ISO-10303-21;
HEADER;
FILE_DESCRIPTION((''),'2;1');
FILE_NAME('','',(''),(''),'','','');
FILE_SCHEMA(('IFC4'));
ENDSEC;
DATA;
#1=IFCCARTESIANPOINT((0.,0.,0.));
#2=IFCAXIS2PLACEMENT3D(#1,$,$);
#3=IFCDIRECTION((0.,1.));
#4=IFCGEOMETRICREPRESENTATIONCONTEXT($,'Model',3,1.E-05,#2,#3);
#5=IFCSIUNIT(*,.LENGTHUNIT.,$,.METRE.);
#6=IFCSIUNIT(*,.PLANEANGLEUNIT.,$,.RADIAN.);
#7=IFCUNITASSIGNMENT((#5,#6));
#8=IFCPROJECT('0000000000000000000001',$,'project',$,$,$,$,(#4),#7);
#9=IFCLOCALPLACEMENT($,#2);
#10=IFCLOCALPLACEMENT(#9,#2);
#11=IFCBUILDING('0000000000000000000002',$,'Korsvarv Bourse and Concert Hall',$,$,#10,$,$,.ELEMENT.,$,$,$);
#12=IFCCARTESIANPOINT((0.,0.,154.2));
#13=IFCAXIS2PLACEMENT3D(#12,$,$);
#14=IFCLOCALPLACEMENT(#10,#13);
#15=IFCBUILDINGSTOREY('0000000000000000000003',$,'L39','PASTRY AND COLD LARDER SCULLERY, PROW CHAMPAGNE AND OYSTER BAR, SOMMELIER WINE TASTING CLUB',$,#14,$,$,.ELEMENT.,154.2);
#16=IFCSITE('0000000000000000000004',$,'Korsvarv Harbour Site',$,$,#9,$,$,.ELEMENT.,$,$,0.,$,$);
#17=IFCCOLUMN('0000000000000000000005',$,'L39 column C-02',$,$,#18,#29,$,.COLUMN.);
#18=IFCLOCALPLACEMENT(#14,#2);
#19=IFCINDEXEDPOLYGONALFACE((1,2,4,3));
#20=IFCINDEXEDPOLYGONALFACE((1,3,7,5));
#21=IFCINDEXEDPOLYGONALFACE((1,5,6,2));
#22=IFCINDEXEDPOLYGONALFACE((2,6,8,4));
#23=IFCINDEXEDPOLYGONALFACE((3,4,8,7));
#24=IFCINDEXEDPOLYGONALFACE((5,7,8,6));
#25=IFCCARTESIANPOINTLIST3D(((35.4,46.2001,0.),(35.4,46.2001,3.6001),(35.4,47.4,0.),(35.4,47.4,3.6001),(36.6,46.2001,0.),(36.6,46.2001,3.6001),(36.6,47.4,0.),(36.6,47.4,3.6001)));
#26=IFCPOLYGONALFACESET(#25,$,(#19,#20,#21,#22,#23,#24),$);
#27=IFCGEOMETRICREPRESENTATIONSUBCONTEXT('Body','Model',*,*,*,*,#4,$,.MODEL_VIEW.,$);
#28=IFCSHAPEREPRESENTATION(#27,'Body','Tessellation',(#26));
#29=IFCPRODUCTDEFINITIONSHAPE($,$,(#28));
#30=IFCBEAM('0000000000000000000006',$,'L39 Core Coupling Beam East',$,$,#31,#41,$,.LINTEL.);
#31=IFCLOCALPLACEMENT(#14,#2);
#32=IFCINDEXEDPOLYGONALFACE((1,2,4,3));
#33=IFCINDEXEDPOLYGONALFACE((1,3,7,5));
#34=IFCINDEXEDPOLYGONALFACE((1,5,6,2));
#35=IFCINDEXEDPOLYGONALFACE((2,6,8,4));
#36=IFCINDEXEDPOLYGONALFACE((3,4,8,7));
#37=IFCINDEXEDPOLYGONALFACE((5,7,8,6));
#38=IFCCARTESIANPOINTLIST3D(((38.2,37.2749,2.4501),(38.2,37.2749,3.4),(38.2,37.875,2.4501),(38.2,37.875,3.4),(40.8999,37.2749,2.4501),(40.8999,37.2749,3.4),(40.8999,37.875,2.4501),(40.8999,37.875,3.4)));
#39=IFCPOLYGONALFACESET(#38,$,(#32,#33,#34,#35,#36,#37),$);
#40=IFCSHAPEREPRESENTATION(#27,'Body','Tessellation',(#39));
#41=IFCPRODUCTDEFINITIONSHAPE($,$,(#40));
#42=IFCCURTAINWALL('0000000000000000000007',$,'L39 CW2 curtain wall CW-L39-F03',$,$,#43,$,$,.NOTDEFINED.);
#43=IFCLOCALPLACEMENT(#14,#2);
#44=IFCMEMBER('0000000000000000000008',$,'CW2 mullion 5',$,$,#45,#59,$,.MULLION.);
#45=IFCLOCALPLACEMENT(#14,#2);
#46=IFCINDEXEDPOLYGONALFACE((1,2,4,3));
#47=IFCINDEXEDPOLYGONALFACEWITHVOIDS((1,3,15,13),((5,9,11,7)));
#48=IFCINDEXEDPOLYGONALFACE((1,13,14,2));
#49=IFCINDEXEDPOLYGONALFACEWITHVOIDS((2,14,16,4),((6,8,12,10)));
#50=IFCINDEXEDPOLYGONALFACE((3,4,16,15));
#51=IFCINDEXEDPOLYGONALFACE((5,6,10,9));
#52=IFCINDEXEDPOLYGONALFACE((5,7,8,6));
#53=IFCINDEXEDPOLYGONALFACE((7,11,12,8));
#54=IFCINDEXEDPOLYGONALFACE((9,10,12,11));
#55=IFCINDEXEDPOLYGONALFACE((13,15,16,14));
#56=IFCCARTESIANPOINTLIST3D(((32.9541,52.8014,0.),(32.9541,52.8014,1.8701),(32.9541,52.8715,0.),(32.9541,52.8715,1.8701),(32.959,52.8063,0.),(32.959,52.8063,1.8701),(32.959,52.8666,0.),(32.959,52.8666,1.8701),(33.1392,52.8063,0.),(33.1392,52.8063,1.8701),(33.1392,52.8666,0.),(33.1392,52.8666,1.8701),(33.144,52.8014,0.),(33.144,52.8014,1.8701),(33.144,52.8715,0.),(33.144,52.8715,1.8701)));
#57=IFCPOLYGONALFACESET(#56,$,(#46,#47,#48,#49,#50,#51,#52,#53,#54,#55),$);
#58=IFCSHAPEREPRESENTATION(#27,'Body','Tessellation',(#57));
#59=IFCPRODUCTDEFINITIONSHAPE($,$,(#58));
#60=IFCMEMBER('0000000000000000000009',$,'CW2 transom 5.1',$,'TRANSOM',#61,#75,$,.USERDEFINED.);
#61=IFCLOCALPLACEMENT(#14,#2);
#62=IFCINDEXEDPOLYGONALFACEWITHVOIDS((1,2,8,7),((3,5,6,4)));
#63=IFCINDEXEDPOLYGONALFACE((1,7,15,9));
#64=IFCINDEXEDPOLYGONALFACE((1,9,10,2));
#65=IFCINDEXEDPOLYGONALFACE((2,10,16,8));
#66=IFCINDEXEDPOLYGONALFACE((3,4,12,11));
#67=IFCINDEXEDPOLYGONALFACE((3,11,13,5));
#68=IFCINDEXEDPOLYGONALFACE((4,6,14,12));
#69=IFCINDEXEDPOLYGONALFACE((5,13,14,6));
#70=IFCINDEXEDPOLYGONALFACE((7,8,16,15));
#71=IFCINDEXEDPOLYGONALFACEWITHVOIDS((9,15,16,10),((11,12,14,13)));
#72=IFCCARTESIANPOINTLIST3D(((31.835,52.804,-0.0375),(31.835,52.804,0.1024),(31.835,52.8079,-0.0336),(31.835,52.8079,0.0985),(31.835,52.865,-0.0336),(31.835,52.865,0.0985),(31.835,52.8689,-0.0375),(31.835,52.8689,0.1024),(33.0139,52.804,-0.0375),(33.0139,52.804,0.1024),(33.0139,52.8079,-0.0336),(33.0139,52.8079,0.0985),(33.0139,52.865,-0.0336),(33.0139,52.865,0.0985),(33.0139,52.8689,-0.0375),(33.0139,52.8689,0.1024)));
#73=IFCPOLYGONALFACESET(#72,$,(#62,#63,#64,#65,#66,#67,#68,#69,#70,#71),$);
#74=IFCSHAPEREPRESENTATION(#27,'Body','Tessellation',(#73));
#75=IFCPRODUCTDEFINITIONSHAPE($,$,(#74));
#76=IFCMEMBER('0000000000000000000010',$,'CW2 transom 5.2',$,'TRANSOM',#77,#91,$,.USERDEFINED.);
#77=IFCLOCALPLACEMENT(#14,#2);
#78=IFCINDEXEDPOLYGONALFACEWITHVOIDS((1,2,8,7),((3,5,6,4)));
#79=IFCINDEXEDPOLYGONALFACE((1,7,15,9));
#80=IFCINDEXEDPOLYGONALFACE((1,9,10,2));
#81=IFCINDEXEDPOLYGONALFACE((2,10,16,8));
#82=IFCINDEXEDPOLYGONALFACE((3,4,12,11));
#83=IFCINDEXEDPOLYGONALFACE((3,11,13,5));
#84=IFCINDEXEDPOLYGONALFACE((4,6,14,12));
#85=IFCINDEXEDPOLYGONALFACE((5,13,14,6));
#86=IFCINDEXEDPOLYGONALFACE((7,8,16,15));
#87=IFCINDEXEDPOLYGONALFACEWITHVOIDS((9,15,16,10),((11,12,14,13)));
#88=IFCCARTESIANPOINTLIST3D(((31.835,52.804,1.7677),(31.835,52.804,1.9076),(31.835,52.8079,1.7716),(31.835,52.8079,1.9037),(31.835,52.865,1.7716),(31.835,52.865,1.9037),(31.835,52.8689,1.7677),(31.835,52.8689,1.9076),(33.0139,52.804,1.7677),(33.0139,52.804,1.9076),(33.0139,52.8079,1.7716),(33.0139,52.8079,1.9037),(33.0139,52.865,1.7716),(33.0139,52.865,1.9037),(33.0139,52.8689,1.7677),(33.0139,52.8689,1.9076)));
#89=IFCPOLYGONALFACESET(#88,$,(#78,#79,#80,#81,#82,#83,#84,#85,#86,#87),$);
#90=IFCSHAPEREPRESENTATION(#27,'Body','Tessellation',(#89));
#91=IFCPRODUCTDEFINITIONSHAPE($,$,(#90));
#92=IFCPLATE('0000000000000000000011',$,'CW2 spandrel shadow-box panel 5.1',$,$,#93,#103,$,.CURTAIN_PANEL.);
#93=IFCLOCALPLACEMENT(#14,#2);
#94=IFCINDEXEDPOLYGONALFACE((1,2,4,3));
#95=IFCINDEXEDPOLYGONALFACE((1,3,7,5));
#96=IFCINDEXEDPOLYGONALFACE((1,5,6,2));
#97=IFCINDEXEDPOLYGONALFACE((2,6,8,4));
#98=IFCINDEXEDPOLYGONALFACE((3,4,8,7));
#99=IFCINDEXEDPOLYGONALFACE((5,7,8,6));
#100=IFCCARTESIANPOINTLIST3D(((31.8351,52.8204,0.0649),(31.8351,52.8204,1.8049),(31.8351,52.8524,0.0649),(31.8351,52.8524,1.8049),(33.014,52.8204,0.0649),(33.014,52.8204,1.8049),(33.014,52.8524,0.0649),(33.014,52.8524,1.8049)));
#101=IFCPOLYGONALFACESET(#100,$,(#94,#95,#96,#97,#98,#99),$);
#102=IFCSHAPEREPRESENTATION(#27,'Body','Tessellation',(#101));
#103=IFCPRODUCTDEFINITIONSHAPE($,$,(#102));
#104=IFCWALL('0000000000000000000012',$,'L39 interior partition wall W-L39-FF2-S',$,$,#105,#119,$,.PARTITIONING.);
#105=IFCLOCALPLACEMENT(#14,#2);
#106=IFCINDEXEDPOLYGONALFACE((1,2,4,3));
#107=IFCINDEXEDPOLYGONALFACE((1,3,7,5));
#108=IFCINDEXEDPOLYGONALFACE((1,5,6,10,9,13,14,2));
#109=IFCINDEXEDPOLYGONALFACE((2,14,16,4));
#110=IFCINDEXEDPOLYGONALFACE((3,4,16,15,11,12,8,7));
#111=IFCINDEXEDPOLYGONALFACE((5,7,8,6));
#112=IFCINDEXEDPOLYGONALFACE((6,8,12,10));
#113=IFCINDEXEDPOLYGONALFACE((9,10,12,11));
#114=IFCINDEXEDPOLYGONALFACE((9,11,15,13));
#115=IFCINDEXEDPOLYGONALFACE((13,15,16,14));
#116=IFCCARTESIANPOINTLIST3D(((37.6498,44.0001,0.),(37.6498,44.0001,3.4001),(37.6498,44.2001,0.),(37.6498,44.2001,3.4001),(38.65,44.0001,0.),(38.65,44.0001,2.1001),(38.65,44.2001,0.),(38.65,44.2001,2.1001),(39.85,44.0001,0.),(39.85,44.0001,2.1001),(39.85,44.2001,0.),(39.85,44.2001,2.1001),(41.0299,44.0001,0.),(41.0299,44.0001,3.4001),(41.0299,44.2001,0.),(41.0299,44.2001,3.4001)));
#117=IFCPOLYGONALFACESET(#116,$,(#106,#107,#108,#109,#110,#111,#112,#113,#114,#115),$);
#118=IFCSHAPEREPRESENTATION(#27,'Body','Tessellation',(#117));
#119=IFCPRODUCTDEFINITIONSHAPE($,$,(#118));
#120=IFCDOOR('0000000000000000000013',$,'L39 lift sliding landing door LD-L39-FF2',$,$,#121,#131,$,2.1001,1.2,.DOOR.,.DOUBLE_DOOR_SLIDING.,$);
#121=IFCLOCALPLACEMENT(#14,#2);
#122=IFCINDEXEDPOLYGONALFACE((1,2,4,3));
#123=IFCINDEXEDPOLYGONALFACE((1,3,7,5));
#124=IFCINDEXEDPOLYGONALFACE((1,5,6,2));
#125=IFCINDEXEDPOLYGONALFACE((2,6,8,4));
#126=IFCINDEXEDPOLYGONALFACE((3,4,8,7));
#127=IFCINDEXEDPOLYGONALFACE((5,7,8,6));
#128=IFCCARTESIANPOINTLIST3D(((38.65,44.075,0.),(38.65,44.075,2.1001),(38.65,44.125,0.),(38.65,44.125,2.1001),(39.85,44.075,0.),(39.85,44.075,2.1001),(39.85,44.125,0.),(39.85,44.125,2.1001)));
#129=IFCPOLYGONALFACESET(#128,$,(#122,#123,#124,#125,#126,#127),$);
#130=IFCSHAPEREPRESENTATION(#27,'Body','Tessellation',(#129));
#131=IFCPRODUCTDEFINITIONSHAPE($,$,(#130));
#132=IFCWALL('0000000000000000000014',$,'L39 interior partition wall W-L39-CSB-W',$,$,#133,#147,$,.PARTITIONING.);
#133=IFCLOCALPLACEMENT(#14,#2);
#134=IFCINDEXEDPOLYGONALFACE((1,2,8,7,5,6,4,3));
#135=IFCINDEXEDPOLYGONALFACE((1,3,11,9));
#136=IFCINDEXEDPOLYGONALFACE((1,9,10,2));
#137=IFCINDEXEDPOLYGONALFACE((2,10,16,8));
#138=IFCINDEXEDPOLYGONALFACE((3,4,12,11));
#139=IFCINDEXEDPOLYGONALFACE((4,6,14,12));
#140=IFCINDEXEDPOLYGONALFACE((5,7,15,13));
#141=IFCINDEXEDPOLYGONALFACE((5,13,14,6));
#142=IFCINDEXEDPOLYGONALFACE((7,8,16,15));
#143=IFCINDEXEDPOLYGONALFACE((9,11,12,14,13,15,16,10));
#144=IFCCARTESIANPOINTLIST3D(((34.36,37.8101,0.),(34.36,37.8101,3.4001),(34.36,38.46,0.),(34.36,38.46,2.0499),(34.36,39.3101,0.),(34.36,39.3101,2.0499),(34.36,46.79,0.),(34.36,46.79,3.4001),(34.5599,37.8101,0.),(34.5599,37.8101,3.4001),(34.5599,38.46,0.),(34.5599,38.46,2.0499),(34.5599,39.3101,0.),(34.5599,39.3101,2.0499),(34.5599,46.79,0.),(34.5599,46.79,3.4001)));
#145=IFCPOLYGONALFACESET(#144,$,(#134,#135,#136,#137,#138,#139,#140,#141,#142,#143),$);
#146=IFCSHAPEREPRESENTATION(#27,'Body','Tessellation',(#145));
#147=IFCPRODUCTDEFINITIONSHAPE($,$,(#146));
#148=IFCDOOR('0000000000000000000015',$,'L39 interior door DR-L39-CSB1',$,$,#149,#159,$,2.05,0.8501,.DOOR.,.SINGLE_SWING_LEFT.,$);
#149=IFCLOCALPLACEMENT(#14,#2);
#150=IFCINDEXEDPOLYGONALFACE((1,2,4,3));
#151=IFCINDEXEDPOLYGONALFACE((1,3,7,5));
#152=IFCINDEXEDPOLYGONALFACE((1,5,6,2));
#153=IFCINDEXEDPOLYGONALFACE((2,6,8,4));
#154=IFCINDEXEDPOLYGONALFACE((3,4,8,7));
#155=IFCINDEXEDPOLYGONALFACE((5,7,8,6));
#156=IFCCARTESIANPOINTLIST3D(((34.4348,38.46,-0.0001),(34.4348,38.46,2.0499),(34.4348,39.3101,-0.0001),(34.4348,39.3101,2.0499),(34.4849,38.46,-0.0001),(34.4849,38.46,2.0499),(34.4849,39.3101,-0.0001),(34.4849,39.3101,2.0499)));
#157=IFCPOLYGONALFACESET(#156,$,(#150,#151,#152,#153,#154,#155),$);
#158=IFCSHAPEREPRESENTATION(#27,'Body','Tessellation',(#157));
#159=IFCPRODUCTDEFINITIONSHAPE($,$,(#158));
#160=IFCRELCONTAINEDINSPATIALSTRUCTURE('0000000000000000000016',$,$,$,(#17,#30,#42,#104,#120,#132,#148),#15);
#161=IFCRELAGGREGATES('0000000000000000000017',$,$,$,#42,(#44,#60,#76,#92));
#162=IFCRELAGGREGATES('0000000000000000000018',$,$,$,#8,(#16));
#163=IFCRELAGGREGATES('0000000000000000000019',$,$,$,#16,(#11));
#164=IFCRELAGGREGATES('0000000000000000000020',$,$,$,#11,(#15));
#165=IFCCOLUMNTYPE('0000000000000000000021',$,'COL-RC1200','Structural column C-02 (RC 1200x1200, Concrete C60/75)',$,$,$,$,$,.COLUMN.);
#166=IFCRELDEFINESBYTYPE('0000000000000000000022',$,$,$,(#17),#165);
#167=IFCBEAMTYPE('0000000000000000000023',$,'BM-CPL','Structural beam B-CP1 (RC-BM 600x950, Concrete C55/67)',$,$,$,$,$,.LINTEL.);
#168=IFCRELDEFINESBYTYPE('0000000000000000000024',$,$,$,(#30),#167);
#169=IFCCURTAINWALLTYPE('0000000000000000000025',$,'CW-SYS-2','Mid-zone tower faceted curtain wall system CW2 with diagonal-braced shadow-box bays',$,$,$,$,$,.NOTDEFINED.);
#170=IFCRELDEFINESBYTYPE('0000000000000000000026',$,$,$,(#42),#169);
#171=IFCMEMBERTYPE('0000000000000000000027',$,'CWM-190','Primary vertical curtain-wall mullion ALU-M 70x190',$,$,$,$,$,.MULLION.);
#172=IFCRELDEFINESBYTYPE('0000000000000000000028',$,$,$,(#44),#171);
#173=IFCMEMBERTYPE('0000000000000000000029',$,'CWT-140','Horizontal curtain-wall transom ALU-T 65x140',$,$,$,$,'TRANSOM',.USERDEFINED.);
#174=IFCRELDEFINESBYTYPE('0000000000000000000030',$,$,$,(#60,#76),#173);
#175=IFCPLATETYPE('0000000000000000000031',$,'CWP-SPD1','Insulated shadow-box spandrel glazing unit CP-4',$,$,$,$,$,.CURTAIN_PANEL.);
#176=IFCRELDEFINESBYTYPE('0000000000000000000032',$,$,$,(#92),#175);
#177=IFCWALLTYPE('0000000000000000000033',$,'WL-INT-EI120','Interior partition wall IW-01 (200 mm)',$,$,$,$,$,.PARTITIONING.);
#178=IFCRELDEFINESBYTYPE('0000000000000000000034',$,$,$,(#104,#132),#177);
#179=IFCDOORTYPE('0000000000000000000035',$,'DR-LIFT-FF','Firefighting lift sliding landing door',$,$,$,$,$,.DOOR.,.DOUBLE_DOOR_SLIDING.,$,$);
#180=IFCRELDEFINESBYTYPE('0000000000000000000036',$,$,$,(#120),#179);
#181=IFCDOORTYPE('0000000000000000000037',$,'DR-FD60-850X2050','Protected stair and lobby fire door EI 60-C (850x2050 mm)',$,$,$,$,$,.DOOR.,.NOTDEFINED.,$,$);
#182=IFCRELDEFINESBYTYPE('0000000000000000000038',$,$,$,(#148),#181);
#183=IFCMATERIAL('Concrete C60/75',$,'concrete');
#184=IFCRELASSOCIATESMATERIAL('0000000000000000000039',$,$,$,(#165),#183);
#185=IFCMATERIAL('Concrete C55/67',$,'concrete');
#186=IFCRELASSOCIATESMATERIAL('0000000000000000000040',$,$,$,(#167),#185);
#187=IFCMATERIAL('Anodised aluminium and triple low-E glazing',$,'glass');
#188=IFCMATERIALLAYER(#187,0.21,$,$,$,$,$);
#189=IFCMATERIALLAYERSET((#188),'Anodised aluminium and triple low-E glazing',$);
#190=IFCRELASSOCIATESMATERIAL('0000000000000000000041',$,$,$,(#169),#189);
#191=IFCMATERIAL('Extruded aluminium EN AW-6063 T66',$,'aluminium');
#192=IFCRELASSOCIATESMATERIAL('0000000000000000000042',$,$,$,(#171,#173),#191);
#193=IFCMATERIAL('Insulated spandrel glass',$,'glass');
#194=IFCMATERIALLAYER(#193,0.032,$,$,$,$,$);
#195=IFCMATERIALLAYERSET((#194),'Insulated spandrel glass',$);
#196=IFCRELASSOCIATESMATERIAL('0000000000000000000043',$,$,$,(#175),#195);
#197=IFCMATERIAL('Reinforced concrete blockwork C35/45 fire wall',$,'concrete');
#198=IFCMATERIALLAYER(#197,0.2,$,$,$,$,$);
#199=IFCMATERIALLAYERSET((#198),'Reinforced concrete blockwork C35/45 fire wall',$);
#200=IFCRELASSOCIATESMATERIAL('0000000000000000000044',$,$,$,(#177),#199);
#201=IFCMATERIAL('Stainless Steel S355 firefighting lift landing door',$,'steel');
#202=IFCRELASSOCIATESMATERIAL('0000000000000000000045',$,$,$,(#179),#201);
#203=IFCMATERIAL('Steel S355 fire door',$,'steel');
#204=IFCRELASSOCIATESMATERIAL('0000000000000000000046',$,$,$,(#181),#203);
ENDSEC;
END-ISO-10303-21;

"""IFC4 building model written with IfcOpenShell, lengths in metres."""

from ifc_helpers import new_model, si_unit, direction, frame, frame_2d, origin, origin_2d, place, context, subcontext, project, spatial, rectangle, hollow_rectangle, extrude, source, transform, mapped, material, layer, layer_set, material_profile, profile_set, type_object, element, fill, aggregate, save


model = new_model("IFC4")

# Units and contexts
model_context = context("Model", 3, precision=1e-05, world=origin(), true_north=direction((0.0, 1.0)))
body_context = subcontext(model_context, "Body", "Model", "MODEL_VIEW")
ifc_project = project(units=[si_unit("LENGTHUNIT", "METRE"), si_unit("PLANEANGLEUNIT", "RADIAN")], contexts=[model_context])

# Site, building, storey
site_placement = place(None, origin())
site = spatial("IfcSite", under=ifc_project, at=site_placement, Name="Korsvarv Harbour Site", CompositionType="ELEMENT", RefElevation=0.0)
building_placement = place(site_placement, origin())
building = spatial("IfcBuilding", under=site, at=building_placement, Name="Korsvarv Bourse and Concert Hall", CompositionType="ELEMENT")
storey_placement = place(building_placement, frame((0.0, 0.0, 154.2)))
storey = spatial("IfcBuildingStorey", under=building, at=storey_placement, Name="L39", Description="PASTRY AND COLD LARDER SCULLERY, PROW CHAMPAGNE AND OYSTER BAR, SOMMELIER WINE TASTING CLUB", CompositionType="ELEMENT", Elevation=154.2)

# Column
ifc_material_1 = material(Name="Concrete C60/75", Category="concrete")
ifc_material_profile_1 = material_profile(ifc_material_1, rectangle(XDim=1.2, YDim=1.2, at=origin_2d()), Name="RC 1200x1200")
ifc_profile_set_1 = profile_set([ifc_material_profile_1], Name="Concrete C60/75")
column_type = type_object("IfcColumnType", Name="COL-RC1200", Description="Structural column C-02 (RC 1200x1200, Concrete C60/75)", PredefinedType="COLUMN", material=ifc_profile_set_1)
shared_shape_1 = source(origin(), body_context, "Body", "SweptSolid", [
    extrude(rectangle(XDim=1.2, YDim=1.2, at=origin_2d()), origin(), (0.0, 0.0, 1.0), 3.6001),
])
column_placement = place(storey_placement, frame((36.0, 46.8, 0.0), z_axis=(0.0, 0.0, 1.0), x_axis=(1.0, 0.0, 0.0)))
element("IfcColumn", 1, at=column_placement, inside=storey, type_object=column_type, Name="L39 column C-02", PredefinedType="COLUMN", context=body_context, shape_type="MappedRepresentation", body=[
    mapped(shared_shape_1, transform((0.0, 0.0, 0.0), scale=1.0)),
])

# Beam
ifc_material_2 = material(Name="Concrete C55/67", Category="concrete")
ifc_material_profile_2 = material_profile(ifc_material_2, rectangle(XDim=0.6001, YDim=0.95, at=origin_2d()), Name="RC-BM 600x950")
ifc_profile_set_2 = profile_set([ifc_material_profile_2], Name="Concrete C55/67")
beam_type = type_object("IfcBeamType", Name="BM-CPL", Description="Structural beam B-CP1 (RC-BM 600x950, Concrete C55/67)", PredefinedType="LINTEL", material=ifc_profile_set_2)
shared_shape_2 = source(origin(), body_context, "Body", "SweptSolid", [
    extrude(rectangle(XDim=0.6001, YDim=0.95, at=origin_2d()), origin(), (0.0, 0.0, 1.0), 2.7),
])
beam_placement = place(storey_placement, frame((38.2, 37.575, 2.925), z_axis=(1.0, 0.0, 0.0), x_axis=(0.0, 1.0, 0.0)))
element("IfcBeam", 2, at=beam_placement, inside=storey, type_object=beam_type, Name="L39 Core Coupling Beam East", PredefinedType="LINTEL", context=body_context, shape_type="MappedRepresentation", body=[
    mapped(shared_shape_2, transform((0.0, 0.0, 0.0), scale=1.0)),
])

# Curtain wall, members, plate
ifc_material_3 = material(Name="Anodised aluminium and triple low-E glazing", Category="glass")
ifc_layer_1 = layer(ifc_material_3, 0.21)
ifc_layer_set_1 = layer_set([ifc_layer_1], Name="Anodised aluminium and triple low-E glazing")
curtain_wall_type = type_object("IfcCurtainWallType", Name="CW-SYS-2", Description="Mid-zone tower faceted curtain wall system CW2 with diagonal-braced shadow-box bays", PredefinedType="NOTDEFINED", material=ifc_layer_set_1)
curtain_wall_placement = place(storey_placement, origin())
curtain_wall = element("IfcCurtainWall", 3, at=curtain_wall_placement, inside=storey, type_object=curtain_wall_type, Name="L39 CW2 curtain wall CW-L39-F03", PredefinedType="NOTDEFINED")
ifc_material_4 = material(Name="Extruded aluminium EN AW-6063 T66", Category="aluminium")
ifc_material_profile_3 = material_profile(ifc_material_4, hollow_rectangle(XDim=0.0701, YDim=0.1899, WallThickness=0.0049, at=origin_2d()), Name="ALU-M 70x190")
ifc_profile_set_3 = profile_set([ifc_material_profile_3], Name="Extruded aluminium EN AW-6063 T66")
member_type_1 = type_object("IfcMemberType", Name="CWM-190", Description="Primary vertical curtain-wall mullion ALU-M 70x190", PredefinedType="MULLION", material=ifc_profile_set_3)
shared_shape_3 = source(origin(), body_context, "Body", "SweptSolid", [
    extrude(hollow_rectangle(XDim=0.0701, YDim=0.1899, WallThickness=0.0049, at=origin_2d()), origin(), (0.0, 0.0, 1.0), 1.8701),
])
member_1_placement = place(storey_placement, frame((33.0491, 52.8364, 0.0), z_axis=(0.0, 0.0, 1.0), x_axis=(0.0, -1.0, 0.0)))
member_1 = element("IfcMember", 4, at=member_1_placement, type_object=member_type_1, Name="CW2 mullion 5", PredefinedType="MULLION", context=body_context, shape_type="MappedRepresentation", body=[
    mapped(shared_shape_3, transform((0.0, 0.0, 0.0), scale=1.0)),
])
ifc_material_profile_4 = material_profile(ifc_material_4, hollow_rectangle(XDim=0.0649, YDim=0.1399, WallThickness=0.0039, at=origin_2d()), Name="ALU-T 65x140")
ifc_profile_set_4 = profile_set([ifc_material_profile_4], Name="Extruded aluminium EN AW-6063 T66")
member_type_2 = type_object("IfcMemberType", Name="CWT-140", Description="Horizontal curtain-wall transom ALU-T 65x140", ElementType="TRANSOM", PredefinedType="USERDEFINED", material=ifc_profile_set_4)
shared_shape_4 = source(origin(), body_context, "Body", "SweptSolid", [
    extrude(hollow_rectangle(XDim=0.0649, YDim=0.1399, WallThickness=0.0039, at=origin_2d()), origin(), (0.0, 0.0, 1.0), 1.179),
])
member_2_placement = place(storey_placement, frame((33.0139, 52.8364, 0.0325), z_axis=(-1.0, 0.0, 0.0), x_axis=(0.0, -1.0, 0.0)))
member_2 = element("IfcMember", 5, at=member_2_placement, type_object=member_type_2, Name="CW2 transom 5.1", ObjectType="TRANSOM", PredefinedType="USERDEFINED", context=body_context, shape_type="MappedRepresentation", body=[
    mapped(shared_shape_4, transform((0.0, 0.0, 0.0), scale=1.0)),
])
member_3_placement = place(storey_placement, frame((33.0139, 52.8364, 1.8376), z_axis=(-1.0, 0.0, 0.0), x_axis=(0.0, -1.0, 0.0)))
member_3 = element("IfcMember", 6, at=member_3_placement, type_object=member_type_2, Name="CW2 transom 5.2", ObjectType="TRANSOM", PredefinedType="USERDEFINED", context=body_context, shape_type="MappedRepresentation", body=[
    mapped(shared_shape_4, transform((0.0, 0.0, 0.0), scale=1.0)),
])
ifc_material_5 = material(Name="Insulated spandrel glass", Category="glass")
ifc_layer_2 = layer(ifc_material_5, 0.032)
ifc_layer_set_2 = layer_set([ifc_layer_2], Name="Insulated spandrel glass")
plate_type = type_object("IfcPlateType", Name="CWP-SPD1", Description="Insulated shadow-box spandrel glazing unit CP-4", PredefinedType="CURTAIN_PANEL", material=ifc_layer_set_2)
shared_shape_5 = source(origin(), body_context, "Body", "SweptSolid", [
    extrude(rectangle(XDim=1.179, YDim=0.032, at=origin_2d()), origin(), (0.0, 0.0, 1.0), 1.74),
])
plate_placement = place(storey_placement, frame((32.4246, 52.8364, 0.0649), z_axis=(0.0, 0.0, 1.0), x_axis=(-1.0, 0.0, 0.0)))
plate = element("IfcPlate", 7, at=plate_placement, type_object=plate_type, Name="CW2 spandrel shadow-box panel 5.1", PredefinedType="CURTAIN_PANEL", context=body_context, shape_type="MappedRepresentation", body=[
    mapped(shared_shape_5, transform((0.0, 0.0, 0.0), scale=1.0)),
])
aggregate(curtain_wall, [member_1, member_2, member_3, plate])

# Walls, openings, doors
ifc_material_6 = material(Name="Reinforced concrete blockwork C35/45 fire wall", Category="concrete")
ifc_layer_3 = layer(ifc_material_6, 0.2)
ifc_layer_set_3 = layer_set([ifc_layer_3], Name="Reinforced concrete blockwork C35/45 fire wall")
wall_type_1 = type_object("IfcWallType", Name="WL-INT-EI120", Description="Interior partition wall IW-01 (200 mm)", PredefinedType="PARTITIONING", material=ifc_layer_set_3)
wall_1_placement = place(storey_placement, frame((37.6499, 44.1001, 0.0), z_axis=(0.0, 0.0, 1.0), x_axis=(1.0, 0.0, 0.0)))
wall_1 = element("IfcWall", 8, at=wall_1_placement, inside=storey, type_object=wall_type_1, Name="L39 interior partition wall W-L39-FF2-S", PredefinedType="PARTITIONING", context=body_context, shape_type="SweptSolid", body=[
    extrude(rectangle(XDim=3.3801, YDim=0.2, at=frame_2d((1.6899, 0.0))), origin(), (0.0, 0.0, 1.0), 3.4001),
])
opening_1_placement = place(wall_1_placement, frame((1.0, 0.0, 0.0)))
opening_1 = element("IfcOpeningElement", 9, at=opening_1_placement, cuts=wall_1, PredefinedType="OPENING", context=body_context, shape_type="SweptSolid", body=[
    extrude(rectangle(XDim=1.2, YDim=2.1001, at=frame_2d((0.6001, 1.05))), frame((0.0, 0.1099, 0.0), z_axis=(0.0, -1.0, 0.0), x_axis=(1.0, 0.0, 0.0)), (0.0, 0.0, 1.0), 0.22),
])
ifc_material_7 = material(Name="Stainless Steel S355 firefighting lift landing door", Category="steel")
door_type_1 = type_object("IfcDoorType", Name="DR-LIFT-FF", Description="Firefighting lift sliding landing door", OperationType="DOUBLE_DOOR_SLIDING", PredefinedType="DOOR", material=ifc_material_7)
door_1_placement = place(opening_1_placement, origin())
door_1 = element("IfcDoor", 10, at=door_1_placement, inside=storey, type_object=door_type_1, Name="L39 lift sliding landing door LD-L39-FF2", OperationType="DOUBLE_DOOR_SLIDING", OverallHeight=2.1001, OverallWidth=1.2, PredefinedType="DOOR", context=body_context, shape_type="SweptSolid", body=[
    extrude(rectangle(XDim=1.2, YDim=2.1001, at=frame_2d((0.6001, 1.05))), frame((0.0, 0.0249, 0.0), z_axis=(0.0, -1.0, 0.0), x_axis=(1.0, 0.0, 0.0)), (0.0, 0.0, 1.0), 0.05),
])
fill(opening_1, door_1)
wall_2_placement = place(storey_placement, frame((34.46, 37.8101, 0.0), z_axis=(0.0, 0.0, 1.0), x_axis=(0.0, 1.0, 0.0)))
wall_2 = element("IfcWall", 11, at=wall_2_placement, inside=storey, type_object=wall_type_1, Name="L39 interior partition wall W-L39-CSB-W", PredefinedType="PARTITIONING", context=body_context, shape_type="SweptSolid", body=[
    extrude(rectangle(XDim=8.98, YDim=0.2, at=frame_2d((4.49, 0.0))), origin(), (0.0, 0.0, 1.0), 3.4001),
])
opening_2_placement = place(wall_2_placement, frame((0.6499, 0.0, 0.0)))
opening_2 = element("IfcOpeningElement", 12, at=opening_2_placement, cuts=wall_2, PredefinedType="OPENING", context=body_context, shape_type="SweptSolid", body=[
    extrude(rectangle(XDim=0.8501, YDim=2.05, at=frame_2d((0.425, 1.0249))), frame((0.0, 0.1099, 0.0), z_axis=(0.0, -1.0, 0.0), x_axis=(1.0, 0.0, 0.0)), (0.0, 0.0, 1.0), 0.22),
])
ifc_material_8 = material(Name="Steel S355 fire door", Category="steel")
door_type_2 = type_object("IfcDoorType", Name="DR-FD60-850X2050", Description="Protected stair and lobby fire door EI 60-C (850x2050 mm)", OperationType="NOTDEFINED", PredefinedType="DOOR", material=ifc_material_8)
door_2_placement = place(opening_2_placement, frame((0.8501, 0.0, 0.0), z_axis=(0.0, 0.0, 1.0), x_axis=(-1.0, 0.0, 0.0)))
door_2 = element("IfcDoor", 13, at=door_2_placement, inside=storey, type_object=door_type_2, Name="L39 interior door DR-L39-CSB1", OperationType="SINGLE_SWING_LEFT", OverallHeight=2.05, OverallWidth=0.8501, PredefinedType="DOOR", context=body_context, shape_type="SweptSolid", body=[
    extrude(rectangle(XDim=0.8501, YDim=2.05, at=frame_2d((0.425, 1.0249))), frame((0.0, 0.0249, 0.0), z_axis=(0.0, -1.0, 0.0), x_axis=(1.0, 0.0, 0.0)), (0.0, 0.0, 1.0), 0.05),
])
fill(opening_2, door_2)

save(model, "model.ifc")
